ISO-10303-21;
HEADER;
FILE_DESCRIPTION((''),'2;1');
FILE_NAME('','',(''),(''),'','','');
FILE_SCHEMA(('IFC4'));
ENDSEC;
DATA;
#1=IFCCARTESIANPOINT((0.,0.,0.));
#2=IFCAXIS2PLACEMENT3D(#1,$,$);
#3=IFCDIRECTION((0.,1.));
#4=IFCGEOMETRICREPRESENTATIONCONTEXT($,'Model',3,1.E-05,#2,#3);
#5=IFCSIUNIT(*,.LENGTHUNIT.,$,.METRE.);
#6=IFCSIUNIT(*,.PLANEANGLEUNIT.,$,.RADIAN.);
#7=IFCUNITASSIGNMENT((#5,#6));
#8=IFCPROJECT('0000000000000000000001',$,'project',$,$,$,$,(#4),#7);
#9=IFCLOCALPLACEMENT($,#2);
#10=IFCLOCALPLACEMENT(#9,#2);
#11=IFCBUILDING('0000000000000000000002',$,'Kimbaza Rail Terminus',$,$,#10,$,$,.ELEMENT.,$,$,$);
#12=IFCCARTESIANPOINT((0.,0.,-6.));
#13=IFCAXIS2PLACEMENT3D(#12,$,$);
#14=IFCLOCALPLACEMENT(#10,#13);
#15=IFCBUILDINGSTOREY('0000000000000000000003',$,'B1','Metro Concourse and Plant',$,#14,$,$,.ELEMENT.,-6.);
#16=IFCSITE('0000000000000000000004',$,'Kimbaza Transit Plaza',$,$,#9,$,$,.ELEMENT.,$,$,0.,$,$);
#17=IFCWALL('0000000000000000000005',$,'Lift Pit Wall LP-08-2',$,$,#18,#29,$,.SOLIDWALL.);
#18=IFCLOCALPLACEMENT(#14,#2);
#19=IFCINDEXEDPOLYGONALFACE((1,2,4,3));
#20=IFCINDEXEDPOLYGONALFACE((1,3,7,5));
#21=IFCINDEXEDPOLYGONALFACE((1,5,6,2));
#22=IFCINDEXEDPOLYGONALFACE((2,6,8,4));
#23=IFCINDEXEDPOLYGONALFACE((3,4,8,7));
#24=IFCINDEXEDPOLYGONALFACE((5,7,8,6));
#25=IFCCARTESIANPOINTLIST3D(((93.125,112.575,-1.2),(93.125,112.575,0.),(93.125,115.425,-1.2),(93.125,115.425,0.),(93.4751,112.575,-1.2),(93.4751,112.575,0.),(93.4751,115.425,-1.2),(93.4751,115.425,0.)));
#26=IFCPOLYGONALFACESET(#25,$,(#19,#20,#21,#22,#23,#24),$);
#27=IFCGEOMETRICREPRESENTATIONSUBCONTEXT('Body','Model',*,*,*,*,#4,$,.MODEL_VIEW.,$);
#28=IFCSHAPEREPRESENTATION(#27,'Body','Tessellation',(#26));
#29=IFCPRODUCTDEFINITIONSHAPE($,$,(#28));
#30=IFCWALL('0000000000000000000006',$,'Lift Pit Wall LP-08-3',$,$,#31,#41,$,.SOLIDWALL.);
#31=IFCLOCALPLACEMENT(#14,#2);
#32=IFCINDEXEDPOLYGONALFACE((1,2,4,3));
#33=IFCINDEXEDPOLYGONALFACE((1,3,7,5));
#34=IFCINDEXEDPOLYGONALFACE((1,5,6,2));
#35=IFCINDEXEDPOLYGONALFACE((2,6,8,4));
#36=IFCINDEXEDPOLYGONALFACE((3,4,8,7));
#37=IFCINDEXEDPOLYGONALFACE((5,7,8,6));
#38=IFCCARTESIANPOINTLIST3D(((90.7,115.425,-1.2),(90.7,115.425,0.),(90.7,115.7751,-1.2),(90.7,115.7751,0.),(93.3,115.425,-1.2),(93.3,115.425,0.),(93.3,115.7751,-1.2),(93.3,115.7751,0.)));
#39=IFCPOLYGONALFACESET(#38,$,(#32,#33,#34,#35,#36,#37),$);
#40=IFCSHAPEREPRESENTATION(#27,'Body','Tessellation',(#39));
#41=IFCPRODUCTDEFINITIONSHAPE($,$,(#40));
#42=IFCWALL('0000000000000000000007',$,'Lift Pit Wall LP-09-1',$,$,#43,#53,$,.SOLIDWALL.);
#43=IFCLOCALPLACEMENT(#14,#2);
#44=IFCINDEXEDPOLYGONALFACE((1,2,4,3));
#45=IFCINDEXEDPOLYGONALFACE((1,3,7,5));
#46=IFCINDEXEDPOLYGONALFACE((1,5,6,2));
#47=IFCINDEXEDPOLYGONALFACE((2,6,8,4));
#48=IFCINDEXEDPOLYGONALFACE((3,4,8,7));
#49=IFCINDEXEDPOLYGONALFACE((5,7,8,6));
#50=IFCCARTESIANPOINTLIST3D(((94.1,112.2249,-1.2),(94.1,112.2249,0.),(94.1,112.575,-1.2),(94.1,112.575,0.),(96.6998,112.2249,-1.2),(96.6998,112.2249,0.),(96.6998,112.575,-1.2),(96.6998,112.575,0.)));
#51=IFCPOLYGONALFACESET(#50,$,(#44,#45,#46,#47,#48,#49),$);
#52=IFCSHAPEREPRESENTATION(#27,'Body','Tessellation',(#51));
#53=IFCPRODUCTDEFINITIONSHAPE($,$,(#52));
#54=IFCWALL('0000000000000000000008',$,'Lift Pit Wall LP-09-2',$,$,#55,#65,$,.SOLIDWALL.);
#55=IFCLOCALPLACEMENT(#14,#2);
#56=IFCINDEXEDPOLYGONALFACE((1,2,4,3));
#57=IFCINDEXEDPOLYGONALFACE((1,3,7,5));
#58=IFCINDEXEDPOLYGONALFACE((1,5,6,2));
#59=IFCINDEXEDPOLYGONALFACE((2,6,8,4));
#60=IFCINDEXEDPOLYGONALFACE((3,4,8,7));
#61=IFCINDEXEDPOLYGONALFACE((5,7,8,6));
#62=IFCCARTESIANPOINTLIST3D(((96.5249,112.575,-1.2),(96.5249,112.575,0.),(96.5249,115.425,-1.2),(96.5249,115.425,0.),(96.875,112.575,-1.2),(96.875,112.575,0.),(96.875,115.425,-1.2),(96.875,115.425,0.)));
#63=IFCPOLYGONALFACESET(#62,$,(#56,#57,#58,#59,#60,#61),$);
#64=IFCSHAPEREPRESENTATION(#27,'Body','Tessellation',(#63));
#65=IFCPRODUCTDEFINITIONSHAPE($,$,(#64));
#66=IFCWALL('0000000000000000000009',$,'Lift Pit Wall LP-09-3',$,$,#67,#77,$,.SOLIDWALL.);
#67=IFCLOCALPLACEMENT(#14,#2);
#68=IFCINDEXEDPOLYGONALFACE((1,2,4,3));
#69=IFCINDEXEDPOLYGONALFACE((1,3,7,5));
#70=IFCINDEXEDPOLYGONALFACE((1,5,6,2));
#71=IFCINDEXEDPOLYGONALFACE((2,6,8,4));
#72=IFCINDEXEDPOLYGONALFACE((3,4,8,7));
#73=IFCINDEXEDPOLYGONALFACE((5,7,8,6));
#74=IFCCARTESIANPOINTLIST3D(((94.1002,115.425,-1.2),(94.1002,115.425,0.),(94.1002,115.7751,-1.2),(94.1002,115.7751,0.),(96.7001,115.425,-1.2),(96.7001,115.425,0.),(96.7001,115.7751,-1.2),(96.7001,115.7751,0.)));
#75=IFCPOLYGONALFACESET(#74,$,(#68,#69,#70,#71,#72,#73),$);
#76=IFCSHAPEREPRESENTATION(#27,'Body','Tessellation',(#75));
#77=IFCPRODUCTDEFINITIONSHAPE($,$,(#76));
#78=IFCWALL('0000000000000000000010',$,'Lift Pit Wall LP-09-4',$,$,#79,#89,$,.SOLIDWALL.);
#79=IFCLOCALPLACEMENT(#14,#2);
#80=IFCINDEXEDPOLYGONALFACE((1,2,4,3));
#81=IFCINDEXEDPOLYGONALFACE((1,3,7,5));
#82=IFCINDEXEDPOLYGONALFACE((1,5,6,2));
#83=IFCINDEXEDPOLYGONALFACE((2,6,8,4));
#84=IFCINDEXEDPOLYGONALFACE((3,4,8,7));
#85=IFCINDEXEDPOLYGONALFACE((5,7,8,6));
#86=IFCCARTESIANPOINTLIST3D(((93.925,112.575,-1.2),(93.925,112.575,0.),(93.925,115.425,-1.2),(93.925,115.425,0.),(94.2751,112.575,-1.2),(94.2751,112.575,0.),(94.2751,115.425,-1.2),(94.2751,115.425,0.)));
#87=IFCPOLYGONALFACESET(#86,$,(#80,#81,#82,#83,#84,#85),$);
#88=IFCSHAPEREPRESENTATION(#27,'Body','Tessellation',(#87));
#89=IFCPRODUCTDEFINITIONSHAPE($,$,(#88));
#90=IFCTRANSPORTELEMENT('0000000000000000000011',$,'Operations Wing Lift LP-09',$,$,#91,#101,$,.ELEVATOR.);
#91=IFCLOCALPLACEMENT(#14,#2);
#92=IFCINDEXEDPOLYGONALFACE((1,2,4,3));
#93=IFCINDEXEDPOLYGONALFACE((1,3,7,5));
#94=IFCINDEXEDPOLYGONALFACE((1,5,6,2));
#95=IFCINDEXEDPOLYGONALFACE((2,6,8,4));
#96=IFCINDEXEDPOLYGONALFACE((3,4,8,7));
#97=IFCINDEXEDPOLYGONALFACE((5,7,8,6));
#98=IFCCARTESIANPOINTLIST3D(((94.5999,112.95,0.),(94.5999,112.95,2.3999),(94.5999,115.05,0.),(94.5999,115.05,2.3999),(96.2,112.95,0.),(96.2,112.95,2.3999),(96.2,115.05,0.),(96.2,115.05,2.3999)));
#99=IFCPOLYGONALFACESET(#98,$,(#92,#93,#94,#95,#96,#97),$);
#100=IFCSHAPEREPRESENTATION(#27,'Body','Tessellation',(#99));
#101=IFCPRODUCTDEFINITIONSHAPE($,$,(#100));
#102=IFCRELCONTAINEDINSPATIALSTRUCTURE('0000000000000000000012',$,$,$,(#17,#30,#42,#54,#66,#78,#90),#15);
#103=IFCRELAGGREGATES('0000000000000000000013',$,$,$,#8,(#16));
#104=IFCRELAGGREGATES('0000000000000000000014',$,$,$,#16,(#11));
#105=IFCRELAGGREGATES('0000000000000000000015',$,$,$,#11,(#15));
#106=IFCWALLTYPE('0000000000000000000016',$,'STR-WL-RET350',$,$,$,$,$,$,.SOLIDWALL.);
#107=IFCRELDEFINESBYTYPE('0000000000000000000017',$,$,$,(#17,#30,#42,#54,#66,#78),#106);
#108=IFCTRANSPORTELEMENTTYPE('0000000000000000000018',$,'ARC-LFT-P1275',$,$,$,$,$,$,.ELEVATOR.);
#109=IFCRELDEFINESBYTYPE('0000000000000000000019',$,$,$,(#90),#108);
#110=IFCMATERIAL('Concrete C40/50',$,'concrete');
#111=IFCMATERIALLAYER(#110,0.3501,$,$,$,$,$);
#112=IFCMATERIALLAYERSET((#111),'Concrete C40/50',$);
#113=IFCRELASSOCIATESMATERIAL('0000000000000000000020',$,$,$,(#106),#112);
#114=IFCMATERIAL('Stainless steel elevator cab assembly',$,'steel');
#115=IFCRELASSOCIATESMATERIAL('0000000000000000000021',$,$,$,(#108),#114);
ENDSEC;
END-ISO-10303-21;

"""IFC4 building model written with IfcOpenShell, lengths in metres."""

from ifc_helpers import new_model, si_unit, direction, frame, frame_2d, origin, origin_2d, place, context, subcontext, project, spatial, rectangle, extrude, material, layer, layer_set, type_object, element, save


model = new_model("IFC4")

# Units and contexts
model_context = context("Model", 3, precision=1e-05, world=origin(), true_north=direction((0.0, 1.0)))
body_context = subcontext(model_context, "Body", "Model", "MODEL_VIEW")
ifc_project = project(units=[si_unit("LENGTHUNIT", "METRE"), si_unit("PLANEANGLEUNIT", "RADIAN")], contexts=[model_context])

# Site, building, storey
site_placement = place(None, origin())
site = spatial("IfcSite", under=ifc_project, at=site_placement, Name="Kimbaza Transit Plaza", CompositionType="ELEMENT", RefElevation=0.0)
building_placement = place(site_placement, origin())
building = spatial("IfcBuilding", under=site, at=building_placement, Name="Kimbaza Rail Terminus", CompositionType="ELEMENT")
storey_placement = place(building_placement, frame((0.0, 0.0, -6.0)))
storey = spatial("IfcBuildingStorey", under=building, at=storey_placement, Name="B1", Description="Metro Concourse and Plant", CompositionType="ELEMENT", Elevation=-6.0)

# Walls
ifc_material_1 = material(Name="Concrete C40/50", Category="concrete")
ifc_layer_1 = layer(ifc_material_1, 0.3501)
ifc_layer_set_1 = layer_set([ifc_layer_1], Name="Concrete C40/50")
wall_type_1 = type_object("IfcWallType", Name="STR-WL-RET350", PredefinedType="SOLIDWALL", material=ifc_layer_set_1)
wall_1_placement = place(storey_placement, frame((93.3, 112.575, -1.2), z_axis=(0.0, 0.0, 1.0), x_axis=(0.0, 1.0, 0.0)))
element("IfcWall", 1, at=wall_1_placement, inside=storey, type_object=wall_type_1, Name="Lift Pit Wall LP-08-2", PredefinedType="SOLIDWALL", context=body_context, shape_type="SweptSolid", body=[
    extrude(rectangle(XDim=2.8501, YDim=0.3501, at=frame_2d((1.425, 0.0))), origin(), (0.0, 0.0, 1.0), 1.2),
])
wall_2_placement = place(storey_placement, frame((93.3, 115.6001, -1.2), z_axis=(0.0, 0.0, 1.0), x_axis=(-1.0, 0.0, 0.0)))
element("IfcWall", 2, at=wall_2_placement, inside=storey, type_object=wall_type_1, Name="Lift Pit Wall LP-08-3", PredefinedType="SOLIDWALL", context=body_context, shape_type="SweptSolid", body=[
    extrude(rectangle(XDim=2.6001, YDim=0.3501, at=frame_2d((1.3, 0.0))), origin(), (0.0, 0.0, 1.0), 1.2),
])
wall_3_placement = place(storey_placement, frame((94.1001, 112.3999, -1.2), z_axis=(0.0, 0.0, 1.0), x_axis=(1.0, 0.0, 0.0)))
element("IfcWall", 3, at=wall_3_placement, inside=storey, type_object=wall_type_1, Name="Lift Pit Wall LP-09-1", PredefinedType="SOLIDWALL", context=body_context, shape_type="SweptSolid", body=[
    extrude(rectangle(XDim=2.5999, YDim=0.3501, at=frame_2d((1.2998, 0.0))), origin(), (0.0, 0.0, 1.0), 1.2),
])
wall_4_placement = place(storey_placement, frame((96.7, 112.575, -1.2), z_axis=(0.0, 0.0, 1.0), x_axis=(0.0, 1.0, 0.0)))
element("IfcWall", 4, at=wall_4_placement, inside=storey, type_object=wall_type_1, Name="Lift Pit Wall LP-09-2", PredefinedType="SOLIDWALL", context=body_context, shape_type="SweptSolid", body=[
    extrude(rectangle(XDim=2.8501, YDim=0.3501, at=frame_2d((1.425, 0.0))), origin(), (0.0, 0.0, 1.0), 1.2),
])
wall_5_placement = place(storey_placement, frame((96.7, 115.6001, -1.2), z_axis=(0.0, 0.0, 1.0), x_axis=(-1.0, 0.0, 0.0)))
element("IfcWall", 5, at=wall_5_placement, inside=storey, type_object=wall_type_1, Name="Lift Pit Wall LP-09-3", PredefinedType="SOLIDWALL", context=body_context, shape_type="SweptSolid", body=[
    extrude(rectangle(XDim=2.5999, YDim=0.3501, at=frame_2d((1.2998, 0.0))), origin(), (0.0, 0.0, 1.0), 1.2),
])
wall_6_placement = place(storey_placement, frame((94.1001, 115.425, -1.2), z_axis=(0.0, 0.0, 1.0), x_axis=(0.0, -1.0, 0.0)))
element("IfcWall", 6, at=wall_6_placement, inside=storey, type_object=wall_type_1, Name="Lift Pit Wall LP-09-4", PredefinedType="SOLIDWALL", context=body_context, shape_type="SweptSolid", body=[
    extrude(rectangle(XDim=2.8501, YDim=0.3501, at=frame_2d((1.425, 0.0))), origin(), (0.0, 0.0, 1.0), 1.2),
])

# Transport element
ifc_material_2 = material(Name="Stainless steel elevator cab assembly", Category="steel")
transport_element_type = type_object("IfcTransportElementType", Name="ARC-LFT-P1275", PredefinedType="ELEVATOR", material=ifc_material_2)
transport_element_placement = place(storey_placement, frame((95.3999, 114.0, 0.0), z_axis=(0.0, 0.0, 1.0), x_axis=(1.0, 0.0, 0.0)))
element("IfcTransportElement", 7, at=transport_element_placement, inside=storey, type_object=transport_element_type, Name="Operations Wing Lift LP-09", PredefinedType="ELEVATOR", context=body_context, shape_type="SweptSolid", body=[
    extrude(rectangle(XDim=1.6001, YDim=2.1001, at=origin_2d()), origin(), (0.0, 0.0, 1.0), 2.3999),
])

save(model, "model.ifc")
